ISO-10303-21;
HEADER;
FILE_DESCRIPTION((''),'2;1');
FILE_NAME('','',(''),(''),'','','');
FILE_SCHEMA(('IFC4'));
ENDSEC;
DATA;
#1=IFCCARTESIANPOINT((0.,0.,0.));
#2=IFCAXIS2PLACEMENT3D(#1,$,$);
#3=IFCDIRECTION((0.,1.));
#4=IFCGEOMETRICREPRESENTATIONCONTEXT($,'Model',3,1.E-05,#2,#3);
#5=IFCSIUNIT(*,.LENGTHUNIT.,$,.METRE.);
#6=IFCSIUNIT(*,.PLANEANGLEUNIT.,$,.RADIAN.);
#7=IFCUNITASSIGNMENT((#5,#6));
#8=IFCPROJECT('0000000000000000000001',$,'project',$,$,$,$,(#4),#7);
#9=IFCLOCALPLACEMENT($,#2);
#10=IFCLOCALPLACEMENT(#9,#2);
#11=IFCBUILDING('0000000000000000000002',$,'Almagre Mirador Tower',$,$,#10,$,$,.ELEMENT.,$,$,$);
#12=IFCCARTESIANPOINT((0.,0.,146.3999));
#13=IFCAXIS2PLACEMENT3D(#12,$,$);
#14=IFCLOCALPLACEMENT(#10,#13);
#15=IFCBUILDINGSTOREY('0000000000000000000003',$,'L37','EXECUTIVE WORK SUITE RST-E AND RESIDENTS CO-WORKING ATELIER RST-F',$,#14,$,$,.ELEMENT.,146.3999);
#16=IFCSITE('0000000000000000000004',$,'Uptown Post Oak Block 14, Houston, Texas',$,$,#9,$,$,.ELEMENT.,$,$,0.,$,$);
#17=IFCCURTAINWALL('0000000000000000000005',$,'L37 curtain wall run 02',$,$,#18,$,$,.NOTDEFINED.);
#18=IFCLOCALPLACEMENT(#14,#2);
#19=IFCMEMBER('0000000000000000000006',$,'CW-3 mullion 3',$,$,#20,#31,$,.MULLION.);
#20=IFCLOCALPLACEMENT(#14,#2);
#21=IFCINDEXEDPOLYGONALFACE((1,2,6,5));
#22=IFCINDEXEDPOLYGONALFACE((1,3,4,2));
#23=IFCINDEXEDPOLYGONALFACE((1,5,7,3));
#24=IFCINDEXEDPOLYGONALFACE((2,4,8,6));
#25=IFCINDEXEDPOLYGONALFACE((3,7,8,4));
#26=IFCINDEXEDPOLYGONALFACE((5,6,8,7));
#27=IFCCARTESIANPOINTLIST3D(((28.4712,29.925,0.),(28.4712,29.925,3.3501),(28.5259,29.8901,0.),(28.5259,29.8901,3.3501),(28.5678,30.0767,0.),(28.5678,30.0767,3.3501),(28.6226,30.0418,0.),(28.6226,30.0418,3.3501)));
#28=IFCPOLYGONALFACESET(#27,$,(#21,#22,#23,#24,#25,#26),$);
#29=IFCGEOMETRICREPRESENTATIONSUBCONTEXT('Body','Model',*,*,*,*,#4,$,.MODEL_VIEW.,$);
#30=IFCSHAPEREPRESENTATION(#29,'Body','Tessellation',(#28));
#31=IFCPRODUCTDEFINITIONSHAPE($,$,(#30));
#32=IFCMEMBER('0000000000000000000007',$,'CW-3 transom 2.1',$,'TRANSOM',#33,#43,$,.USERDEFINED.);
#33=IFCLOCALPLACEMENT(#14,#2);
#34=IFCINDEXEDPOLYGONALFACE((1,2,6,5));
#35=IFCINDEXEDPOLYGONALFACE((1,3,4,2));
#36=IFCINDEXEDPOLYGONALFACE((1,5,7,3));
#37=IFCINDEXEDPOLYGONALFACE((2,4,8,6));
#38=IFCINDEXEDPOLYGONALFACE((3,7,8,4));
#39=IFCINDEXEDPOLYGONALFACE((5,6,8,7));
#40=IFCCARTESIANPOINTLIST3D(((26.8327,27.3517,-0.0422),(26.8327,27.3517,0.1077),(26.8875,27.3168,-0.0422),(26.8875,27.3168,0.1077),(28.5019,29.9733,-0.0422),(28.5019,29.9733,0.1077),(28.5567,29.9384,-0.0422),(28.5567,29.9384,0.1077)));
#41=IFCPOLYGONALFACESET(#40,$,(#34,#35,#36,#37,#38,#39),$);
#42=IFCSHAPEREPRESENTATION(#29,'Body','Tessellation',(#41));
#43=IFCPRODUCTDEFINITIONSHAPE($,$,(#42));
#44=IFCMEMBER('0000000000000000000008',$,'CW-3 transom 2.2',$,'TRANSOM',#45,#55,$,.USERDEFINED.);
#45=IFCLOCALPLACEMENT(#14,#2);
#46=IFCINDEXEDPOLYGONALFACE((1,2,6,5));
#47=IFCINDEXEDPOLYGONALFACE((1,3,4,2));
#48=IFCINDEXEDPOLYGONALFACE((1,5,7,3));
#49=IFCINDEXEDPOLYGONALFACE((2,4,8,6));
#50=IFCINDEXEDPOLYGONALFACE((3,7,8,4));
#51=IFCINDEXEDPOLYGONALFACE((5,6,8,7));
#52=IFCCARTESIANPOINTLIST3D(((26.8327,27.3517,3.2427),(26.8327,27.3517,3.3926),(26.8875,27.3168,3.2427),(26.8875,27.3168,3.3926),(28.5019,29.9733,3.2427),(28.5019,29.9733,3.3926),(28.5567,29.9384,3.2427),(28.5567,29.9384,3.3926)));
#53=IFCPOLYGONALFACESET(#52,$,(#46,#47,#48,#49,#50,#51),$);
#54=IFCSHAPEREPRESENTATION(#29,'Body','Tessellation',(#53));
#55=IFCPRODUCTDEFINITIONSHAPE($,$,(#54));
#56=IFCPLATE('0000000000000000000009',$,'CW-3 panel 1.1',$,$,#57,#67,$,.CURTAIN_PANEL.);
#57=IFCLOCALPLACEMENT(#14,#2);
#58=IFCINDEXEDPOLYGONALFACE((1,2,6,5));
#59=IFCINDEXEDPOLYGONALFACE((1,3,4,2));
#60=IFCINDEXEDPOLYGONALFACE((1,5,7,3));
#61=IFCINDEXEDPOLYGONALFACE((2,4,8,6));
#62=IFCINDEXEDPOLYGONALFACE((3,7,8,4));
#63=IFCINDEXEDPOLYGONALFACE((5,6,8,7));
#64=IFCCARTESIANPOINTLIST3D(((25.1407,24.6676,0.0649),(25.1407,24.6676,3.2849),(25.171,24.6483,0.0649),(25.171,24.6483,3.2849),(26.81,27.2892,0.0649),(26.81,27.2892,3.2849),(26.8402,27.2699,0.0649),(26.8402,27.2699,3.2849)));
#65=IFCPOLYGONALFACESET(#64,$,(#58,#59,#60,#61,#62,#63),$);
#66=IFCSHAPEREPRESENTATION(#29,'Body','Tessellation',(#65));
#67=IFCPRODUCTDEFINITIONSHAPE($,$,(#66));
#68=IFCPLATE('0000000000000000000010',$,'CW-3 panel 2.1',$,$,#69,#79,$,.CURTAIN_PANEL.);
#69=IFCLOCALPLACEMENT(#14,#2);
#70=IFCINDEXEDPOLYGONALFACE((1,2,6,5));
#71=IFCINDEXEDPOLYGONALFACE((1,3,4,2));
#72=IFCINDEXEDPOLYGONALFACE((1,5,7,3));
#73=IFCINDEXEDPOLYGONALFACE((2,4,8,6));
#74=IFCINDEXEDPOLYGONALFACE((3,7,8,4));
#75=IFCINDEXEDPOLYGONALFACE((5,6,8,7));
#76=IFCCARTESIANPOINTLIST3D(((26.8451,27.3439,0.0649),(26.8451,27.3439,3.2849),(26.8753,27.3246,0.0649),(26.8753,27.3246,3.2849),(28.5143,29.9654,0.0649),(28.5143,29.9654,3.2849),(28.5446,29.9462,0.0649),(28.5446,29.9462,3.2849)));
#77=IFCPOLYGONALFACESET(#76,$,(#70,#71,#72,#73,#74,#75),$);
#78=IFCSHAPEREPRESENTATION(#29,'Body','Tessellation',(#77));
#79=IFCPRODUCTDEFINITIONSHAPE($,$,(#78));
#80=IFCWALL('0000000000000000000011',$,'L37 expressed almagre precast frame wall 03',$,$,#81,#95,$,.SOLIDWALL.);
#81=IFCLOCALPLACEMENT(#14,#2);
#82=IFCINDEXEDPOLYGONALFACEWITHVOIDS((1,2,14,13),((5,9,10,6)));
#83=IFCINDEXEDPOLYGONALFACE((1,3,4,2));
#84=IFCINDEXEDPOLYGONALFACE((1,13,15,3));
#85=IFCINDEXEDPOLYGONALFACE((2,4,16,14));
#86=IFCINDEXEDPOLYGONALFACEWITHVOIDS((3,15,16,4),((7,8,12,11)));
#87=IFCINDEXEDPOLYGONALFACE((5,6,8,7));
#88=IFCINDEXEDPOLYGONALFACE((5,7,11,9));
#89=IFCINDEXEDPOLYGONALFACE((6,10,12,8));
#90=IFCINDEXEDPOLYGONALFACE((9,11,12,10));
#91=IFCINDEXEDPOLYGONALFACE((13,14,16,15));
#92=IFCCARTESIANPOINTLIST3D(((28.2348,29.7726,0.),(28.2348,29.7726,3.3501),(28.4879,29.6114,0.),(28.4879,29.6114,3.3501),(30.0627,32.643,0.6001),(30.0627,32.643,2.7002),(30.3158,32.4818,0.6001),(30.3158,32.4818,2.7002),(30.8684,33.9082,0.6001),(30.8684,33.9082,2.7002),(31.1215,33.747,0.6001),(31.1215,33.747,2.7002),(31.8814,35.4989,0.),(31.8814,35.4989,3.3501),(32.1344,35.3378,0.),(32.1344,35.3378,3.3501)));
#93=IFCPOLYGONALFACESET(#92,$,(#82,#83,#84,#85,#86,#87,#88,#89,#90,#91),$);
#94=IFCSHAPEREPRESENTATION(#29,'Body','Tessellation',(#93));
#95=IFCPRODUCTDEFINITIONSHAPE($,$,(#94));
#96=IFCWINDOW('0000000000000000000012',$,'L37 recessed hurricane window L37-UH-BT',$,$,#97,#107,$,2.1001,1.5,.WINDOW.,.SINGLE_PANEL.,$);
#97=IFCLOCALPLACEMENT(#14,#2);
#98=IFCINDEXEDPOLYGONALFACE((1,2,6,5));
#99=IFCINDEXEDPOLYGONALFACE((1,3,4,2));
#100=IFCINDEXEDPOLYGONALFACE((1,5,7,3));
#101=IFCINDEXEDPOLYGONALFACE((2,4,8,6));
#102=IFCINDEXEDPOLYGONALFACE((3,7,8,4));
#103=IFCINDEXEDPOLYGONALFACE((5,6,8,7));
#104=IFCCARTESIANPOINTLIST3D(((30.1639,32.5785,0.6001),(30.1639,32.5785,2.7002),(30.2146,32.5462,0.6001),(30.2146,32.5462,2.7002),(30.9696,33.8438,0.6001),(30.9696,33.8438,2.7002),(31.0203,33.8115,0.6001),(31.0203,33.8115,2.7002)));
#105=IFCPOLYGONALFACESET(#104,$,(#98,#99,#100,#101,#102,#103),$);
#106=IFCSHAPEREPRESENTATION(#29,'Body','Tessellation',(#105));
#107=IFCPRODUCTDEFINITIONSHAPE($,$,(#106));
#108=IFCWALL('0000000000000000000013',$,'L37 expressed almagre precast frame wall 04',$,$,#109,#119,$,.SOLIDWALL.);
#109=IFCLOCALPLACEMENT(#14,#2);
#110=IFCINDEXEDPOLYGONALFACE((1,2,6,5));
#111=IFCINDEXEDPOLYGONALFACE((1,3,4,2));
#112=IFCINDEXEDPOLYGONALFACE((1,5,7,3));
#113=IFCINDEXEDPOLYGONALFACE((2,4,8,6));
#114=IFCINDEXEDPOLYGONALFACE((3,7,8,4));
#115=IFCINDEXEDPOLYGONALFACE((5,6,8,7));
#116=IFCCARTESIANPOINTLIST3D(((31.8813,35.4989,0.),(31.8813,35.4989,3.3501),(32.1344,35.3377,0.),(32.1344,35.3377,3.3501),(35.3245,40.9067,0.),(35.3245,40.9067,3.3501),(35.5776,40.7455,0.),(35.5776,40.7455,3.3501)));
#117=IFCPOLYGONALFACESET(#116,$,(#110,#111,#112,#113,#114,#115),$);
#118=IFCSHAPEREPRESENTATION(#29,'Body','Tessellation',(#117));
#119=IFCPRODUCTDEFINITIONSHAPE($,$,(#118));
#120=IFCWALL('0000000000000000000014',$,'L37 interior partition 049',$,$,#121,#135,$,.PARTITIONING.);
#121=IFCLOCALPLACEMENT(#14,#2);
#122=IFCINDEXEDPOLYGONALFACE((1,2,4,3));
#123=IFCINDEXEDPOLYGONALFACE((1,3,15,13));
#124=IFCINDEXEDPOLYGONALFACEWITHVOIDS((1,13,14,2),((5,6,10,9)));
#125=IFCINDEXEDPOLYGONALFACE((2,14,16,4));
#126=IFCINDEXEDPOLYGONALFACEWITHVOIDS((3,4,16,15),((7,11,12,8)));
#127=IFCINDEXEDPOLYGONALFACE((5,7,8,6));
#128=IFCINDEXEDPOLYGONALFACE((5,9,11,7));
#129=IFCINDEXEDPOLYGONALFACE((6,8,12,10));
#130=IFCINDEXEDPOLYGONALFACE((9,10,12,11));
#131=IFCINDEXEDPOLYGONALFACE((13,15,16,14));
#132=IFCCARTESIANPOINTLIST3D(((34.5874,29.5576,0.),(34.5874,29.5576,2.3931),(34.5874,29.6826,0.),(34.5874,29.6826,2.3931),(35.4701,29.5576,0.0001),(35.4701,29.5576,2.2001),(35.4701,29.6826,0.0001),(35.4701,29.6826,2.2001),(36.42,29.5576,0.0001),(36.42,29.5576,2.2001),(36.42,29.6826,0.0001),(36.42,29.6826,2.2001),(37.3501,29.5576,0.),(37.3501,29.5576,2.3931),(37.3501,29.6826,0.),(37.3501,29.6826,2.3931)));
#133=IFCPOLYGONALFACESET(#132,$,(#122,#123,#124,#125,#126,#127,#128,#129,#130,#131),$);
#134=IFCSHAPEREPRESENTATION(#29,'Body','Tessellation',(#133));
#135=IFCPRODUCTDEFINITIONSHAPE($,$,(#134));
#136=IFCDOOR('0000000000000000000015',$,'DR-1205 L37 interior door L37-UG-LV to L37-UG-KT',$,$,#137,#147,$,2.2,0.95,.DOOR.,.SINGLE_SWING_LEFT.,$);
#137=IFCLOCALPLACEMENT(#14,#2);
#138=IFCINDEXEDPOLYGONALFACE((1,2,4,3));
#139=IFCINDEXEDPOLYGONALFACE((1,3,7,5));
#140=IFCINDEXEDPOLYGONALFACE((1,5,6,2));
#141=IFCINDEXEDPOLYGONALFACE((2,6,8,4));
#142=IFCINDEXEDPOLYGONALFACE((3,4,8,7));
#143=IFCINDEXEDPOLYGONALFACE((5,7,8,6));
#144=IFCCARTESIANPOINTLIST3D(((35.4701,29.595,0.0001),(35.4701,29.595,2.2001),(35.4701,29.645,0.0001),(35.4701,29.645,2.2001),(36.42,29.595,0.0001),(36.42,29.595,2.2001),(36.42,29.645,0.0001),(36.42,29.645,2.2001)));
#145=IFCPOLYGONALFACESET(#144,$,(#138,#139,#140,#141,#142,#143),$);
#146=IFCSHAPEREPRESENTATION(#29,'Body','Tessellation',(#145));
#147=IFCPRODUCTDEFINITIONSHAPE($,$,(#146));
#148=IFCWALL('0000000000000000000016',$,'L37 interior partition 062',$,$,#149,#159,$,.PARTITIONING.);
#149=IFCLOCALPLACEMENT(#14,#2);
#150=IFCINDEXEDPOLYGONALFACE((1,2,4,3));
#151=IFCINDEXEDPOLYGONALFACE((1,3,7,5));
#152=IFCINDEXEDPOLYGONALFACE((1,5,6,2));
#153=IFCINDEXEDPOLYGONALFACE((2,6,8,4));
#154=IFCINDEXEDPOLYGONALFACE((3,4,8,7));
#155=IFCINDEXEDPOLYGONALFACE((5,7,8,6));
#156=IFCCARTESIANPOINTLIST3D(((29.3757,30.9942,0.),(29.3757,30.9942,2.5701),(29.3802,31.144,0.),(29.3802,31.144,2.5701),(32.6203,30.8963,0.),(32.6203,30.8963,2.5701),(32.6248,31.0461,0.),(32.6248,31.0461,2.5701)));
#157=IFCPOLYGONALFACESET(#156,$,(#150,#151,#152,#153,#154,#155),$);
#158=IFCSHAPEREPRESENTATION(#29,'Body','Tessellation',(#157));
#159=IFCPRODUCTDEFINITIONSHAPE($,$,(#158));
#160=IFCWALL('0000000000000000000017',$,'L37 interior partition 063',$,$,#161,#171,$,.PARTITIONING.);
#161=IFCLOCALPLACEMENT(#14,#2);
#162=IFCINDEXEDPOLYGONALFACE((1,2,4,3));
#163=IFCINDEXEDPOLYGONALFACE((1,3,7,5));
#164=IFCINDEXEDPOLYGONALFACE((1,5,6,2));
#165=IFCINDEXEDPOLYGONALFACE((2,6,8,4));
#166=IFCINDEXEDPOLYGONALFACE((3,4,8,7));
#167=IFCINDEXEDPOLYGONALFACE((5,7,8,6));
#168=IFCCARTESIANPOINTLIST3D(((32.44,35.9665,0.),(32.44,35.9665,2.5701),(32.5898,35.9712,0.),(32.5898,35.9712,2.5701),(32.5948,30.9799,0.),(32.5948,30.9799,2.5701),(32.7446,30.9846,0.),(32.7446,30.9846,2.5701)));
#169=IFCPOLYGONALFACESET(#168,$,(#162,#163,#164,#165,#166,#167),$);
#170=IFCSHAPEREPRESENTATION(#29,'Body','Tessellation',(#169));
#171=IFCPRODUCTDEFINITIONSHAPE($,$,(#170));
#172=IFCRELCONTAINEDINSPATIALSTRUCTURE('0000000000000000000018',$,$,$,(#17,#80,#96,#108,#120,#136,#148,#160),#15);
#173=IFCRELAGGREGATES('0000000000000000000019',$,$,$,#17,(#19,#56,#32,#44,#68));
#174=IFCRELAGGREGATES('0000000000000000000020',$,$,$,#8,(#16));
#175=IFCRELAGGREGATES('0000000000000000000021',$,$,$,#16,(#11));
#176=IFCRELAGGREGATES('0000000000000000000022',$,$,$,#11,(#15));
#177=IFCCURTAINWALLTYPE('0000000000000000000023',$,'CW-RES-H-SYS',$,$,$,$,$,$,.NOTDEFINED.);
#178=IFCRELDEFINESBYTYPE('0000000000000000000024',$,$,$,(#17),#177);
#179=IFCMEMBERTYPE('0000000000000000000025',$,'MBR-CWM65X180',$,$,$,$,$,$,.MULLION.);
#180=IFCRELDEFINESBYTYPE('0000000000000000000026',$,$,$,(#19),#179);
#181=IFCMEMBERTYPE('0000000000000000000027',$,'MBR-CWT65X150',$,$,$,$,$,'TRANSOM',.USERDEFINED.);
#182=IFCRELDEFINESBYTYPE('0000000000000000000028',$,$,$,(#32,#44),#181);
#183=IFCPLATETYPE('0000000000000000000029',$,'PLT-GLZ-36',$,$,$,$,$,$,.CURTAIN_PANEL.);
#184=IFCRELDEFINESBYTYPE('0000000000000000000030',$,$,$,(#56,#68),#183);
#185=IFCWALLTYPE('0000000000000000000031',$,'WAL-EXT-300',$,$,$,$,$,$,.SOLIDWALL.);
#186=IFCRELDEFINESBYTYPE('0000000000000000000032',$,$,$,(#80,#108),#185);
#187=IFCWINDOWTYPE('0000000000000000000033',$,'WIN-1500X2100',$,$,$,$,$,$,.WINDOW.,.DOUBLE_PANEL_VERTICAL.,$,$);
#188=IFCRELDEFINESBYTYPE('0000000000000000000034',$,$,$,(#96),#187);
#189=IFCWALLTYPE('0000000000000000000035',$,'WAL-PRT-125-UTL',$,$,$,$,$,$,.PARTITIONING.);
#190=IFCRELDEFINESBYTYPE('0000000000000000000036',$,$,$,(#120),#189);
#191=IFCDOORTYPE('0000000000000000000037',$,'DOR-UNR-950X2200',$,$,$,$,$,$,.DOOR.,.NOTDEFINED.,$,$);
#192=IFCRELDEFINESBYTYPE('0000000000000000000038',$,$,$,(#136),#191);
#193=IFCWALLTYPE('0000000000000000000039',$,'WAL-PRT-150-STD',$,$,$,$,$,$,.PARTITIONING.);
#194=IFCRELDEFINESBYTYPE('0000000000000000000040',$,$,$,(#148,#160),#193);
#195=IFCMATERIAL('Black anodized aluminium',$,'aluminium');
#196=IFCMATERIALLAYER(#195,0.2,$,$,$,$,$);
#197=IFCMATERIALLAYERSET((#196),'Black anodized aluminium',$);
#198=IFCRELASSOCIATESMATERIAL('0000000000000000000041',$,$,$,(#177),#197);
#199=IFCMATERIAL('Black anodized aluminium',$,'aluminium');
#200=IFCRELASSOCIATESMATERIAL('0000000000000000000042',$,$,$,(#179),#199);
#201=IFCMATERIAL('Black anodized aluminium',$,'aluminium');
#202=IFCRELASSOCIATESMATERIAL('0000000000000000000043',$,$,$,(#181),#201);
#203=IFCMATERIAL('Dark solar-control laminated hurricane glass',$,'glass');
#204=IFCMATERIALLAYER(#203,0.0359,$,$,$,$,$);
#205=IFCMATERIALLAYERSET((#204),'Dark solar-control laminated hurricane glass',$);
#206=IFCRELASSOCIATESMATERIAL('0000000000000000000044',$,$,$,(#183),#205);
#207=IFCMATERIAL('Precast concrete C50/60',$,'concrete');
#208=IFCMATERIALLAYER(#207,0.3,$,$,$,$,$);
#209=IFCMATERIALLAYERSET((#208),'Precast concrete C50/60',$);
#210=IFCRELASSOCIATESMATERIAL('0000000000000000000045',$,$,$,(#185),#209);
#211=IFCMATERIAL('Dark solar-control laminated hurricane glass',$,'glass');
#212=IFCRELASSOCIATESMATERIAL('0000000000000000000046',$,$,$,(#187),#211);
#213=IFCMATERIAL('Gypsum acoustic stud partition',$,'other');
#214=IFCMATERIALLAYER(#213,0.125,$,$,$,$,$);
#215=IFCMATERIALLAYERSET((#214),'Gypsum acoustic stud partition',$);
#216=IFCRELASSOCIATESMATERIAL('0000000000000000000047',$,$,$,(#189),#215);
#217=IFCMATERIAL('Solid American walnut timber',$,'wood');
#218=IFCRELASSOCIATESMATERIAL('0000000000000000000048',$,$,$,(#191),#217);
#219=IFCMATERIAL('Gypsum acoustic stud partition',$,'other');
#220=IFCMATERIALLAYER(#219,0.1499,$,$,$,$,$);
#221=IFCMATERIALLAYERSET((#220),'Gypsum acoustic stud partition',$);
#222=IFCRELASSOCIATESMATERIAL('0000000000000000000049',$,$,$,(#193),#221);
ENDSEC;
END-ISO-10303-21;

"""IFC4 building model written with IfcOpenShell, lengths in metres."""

from ifc_helpers import new_model, si_unit, direction, frame, frame_2d, origin, origin_2d, place, context, subcontext, project, spatial, rectangle, extrude, material, layer, layer_set, material_profile, profile_set, type_object, element, fill, aggregate, save


model = new_model("IFC4")

# Units and contexts
model_context = context("Model", 3, precision=1e-05, world=origin(), true_north=direction((0.0, 1.0)))
body_context = subcontext(model_context, "Body", "Model", "MODEL_VIEW")
ifc_project = project(units=[si_unit("LENGTHUNIT", "METRE"), si_unit("PLANEANGLEUNIT", "RADIAN")], contexts=[model_context])

# Site, building, storey
site_placement = place(None, origin())
site = spatial("IfcSite", under=ifc_project, at=site_placement, Name="Uptown Post Oak Block 14, Houston, Texas", CompositionType="ELEMENT", RefElevation=0.0)
building_placement = place(site_placement, origin())
building = spatial("IfcBuilding", under=site, at=building_placement, Name="Almagre Mirador Tower", CompositionType="ELEMENT")
storey_placement = place(building_placement, frame((0.0, 0.0, 146.3999)))
storey = spatial("IfcBuildingStorey", under=building, at=storey_placement, Name="L37", Description="EXECUTIVE WORK SUITE RST-E AND RESIDENTS CO-WORKING ATELIER RST-F", CompositionType="ELEMENT", Elevation=146.3999)

# Curtain wall, members, plates
ifc_material_1 = material(Name="Black anodized aluminium", Category="aluminium")
ifc_layer_1 = layer(ifc_material_1, 0.2)
ifc_layer_set_1 = layer_set([ifc_layer_1], Name="Black anodized aluminium")
curtain_wall_type = type_object("IfcCurtainWallType", Name="CW-RES-H-SYS", PredefinedType="NOTDEFINED", material=ifc_layer_set_1)
curtain_wall_placement = place(storey_placement, origin())
curtain_wall = element("IfcCurtainWall", 1, at=curtain_wall_placement, inside=storey, type_object=curtain_wall_type, Name="L37 curtain wall run 02", PredefinedType="NOTDEFINED")
ifc_material_2 = material(Name="Black anodized aluminium", Category="aluminium")
ifc_material_profile_1 = material_profile(ifc_material_2, rectangle(XDim=0.0649, YDim=0.1799, at=origin_2d()), Name="CWM65X180")
ifc_profile_set_1 = profile_set([ifc_material_profile_1], Name="Black anodized aluminium")
member_type_1 = type_object("IfcMemberType", Name="MBR-CWM65X180", PredefinedType="MULLION", material=ifc_profile_set_1)
member_1_placement = place(storey_placement, frame((28.5469, 29.9834, 0.0), z_axis=(0.0, 0.0, 1.0), x_axis=(-0.843518, 0.537102, 0.0)))
member_1 = element("IfcMember", 2, at=member_1_placement, type_object=member_type_1, Name="CW-3 mullion 3", PredefinedType="MULLION", context=body_context, shape_type="SweptSolid", body=[
    extrude(rectangle(XDim=0.0649, YDim=0.1799, at=origin_2d()), origin(), (0.0, 0.0, 1.0), 3.3501),
])
ifc_material_3 = material(Name="Black anodized aluminium", Category="aluminium")
ifc_material_profile_2 = material_profile(ifc_material_3, rectangle(XDim=0.0649, YDim=0.1499, at=origin_2d()), Name="CWT65X150")
ifc_profile_set_2 = profile_set([ifc_material_profile_2], Name="Black anodized aluminium")
member_type_2 = type_object("IfcMemberType", Name="MBR-CWT65X150", ElementType="TRANSOM", PredefinedType="USERDEFINED", material=ifc_profile_set_2)
member_2_placement = place(storey_placement, frame((26.8601, 27.3342, 0.0327), z_axis=(0.537084, 0.843529, 0.0), x_axis=(-0.843529, 0.537084, 0.0)))
member_2 = element("IfcMember", 3, at=member_2_placement, type_object=member_type_2, Name="CW-3 transom 2.1", ObjectType="TRANSOM", PredefinedType="USERDEFINED", context=body_context, shape_type="SweptSolid", body=[
    extrude(rectangle(XDim=0.0649, YDim=0.1499, at=origin_2d()), origin(), (0.0, 0.0, 1.0), 3.1079),
])
member_3_placement = place(storey_placement, frame((26.8601, 27.3342, 3.3176), z_axis=(0.537084, 0.843529, 0.0), x_axis=(-0.843529, 0.537084, 0.0)))
member_3 = element("IfcMember", 4, at=member_3_placement, type_object=member_type_2, Name="CW-3 transom 2.2", ObjectType="TRANSOM", PredefinedType="USERDEFINED", context=body_context, shape_type="SweptSolid", body=[
    extrude(rectangle(XDim=0.0649, YDim=0.1499, at=origin_2d()), origin(), (0.0, 0.0, 1.0), 3.1079),
])
ifc_material_4 = material(Name="Dark solar-control laminated hurricane glass", Category="glass")
ifc_layer_2 = layer(ifc_material_4, 0.0359)
ifc_layer_set_2 = layer_set([ifc_layer_2], Name="Dark solar-control laminated hurricane glass")
plate_type = type_object("IfcPlateType", Name="PLT-GLZ-36", PredefinedType="CURTAIN_PANEL", material=ifc_layer_set_2)
plate_1_placement = place(storey_placement, frame((25.9905, 25.9688, 0.0649), z_axis=(0.0, 0.0, 1.0), x_axis=(0.537102, 0.843518, 0.0)))
plate_1 = element("IfcPlate", 5, at=plate_1_placement, type_object=plate_type, Name="CW-3 panel 1.1", PredefinedType="CURTAIN_PANEL", context=body_context, shape_type="SweptSolid", body=[
    extrude(rectangle(XDim=3.1079, YDim=0.0359, at=origin_2d()), origin(), (0.0, 0.0, 1.0), 3.22),
])
plate_2_placement = place(storey_placement, frame((27.6948, 28.645, 0.0649), z_axis=(0.0, 0.0, 1.0), x_axis=(0.537102, 0.843518, 0.0)))
plate_2 = element("IfcPlate", 6, at=plate_2_placement, type_object=plate_type, Name="CW-3 panel 2.1", PredefinedType="CURTAIN_PANEL", context=body_context, shape_type="SweptSolid", body=[
    extrude(rectangle(XDim=3.1079, YDim=0.0359, at=origin_2d()), origin(), (0.0, 0.0, 1.0), 3.22),
])
aggregate(curtain_wall, [member_1, plate_1, member_2, member_3, plate_2])

# Wall, opening, window
ifc_material_5 = material(Name="Precast concrete C50/60", Category="concrete")
ifc_layer_3 = layer(ifc_material_5, 0.3)
ifc_layer_set_3 = layer_set([ifc_layer_3], Name="Precast concrete C50/60")
wall_type_1 = type_object("IfcWallType", Name="WAL-EXT-300", PredefinedType="SOLIDWALL", material=ifc_layer_set_3)
wall_1_placement = place(storey_placement, frame((28.3613, 29.6919, 0.0), z_axis=(0.0, 0.0, 1.0), x_axis=(0.537134, 0.843497, 0.0)))
wall_1 = element("IfcWall", 7, at=wall_1_placement, inside=storey, type_object=wall_type_1, Name="L37 expressed almagre precast frame wall 03", PredefinedType="SOLIDWALL", context=body_context, shape_type="SweptSolid", body=[
    extrude(rectangle(XDim=6.7888, YDim=0.3, at=frame_2d((3.3945, 0.0))), origin(), (0.0, 0.0, 1.0), 3.3501),
])
opening_1_placement = place(wall_1_placement, frame((3.4031, 0.0, 0.6001)))
opening_1 = element("IfcOpeningElement", 8, at=opening_1_placement, cuts=wall_1, PredefinedType="OPENING", context=body_context, shape_type="SweptSolid", body=[
    extrude(rectangle(XDim=1.5, YDim=2.1001, at=frame_2d((0.75, 1.05))), frame((0.0, 0.1599, 0.0), z_axis=(0.0, -1.0, 0.0), x_axis=(1.0, 0.0, 0.0)), (0.0, 0.0, 1.0), 0.32),
])
ifc_material_6 = material(Name="Dark solar-control laminated hurricane glass", Category="glass")
window_type = type_object("IfcWindowType", Name="WIN-1500X2100", PartitioningType="DOUBLE_PANEL_VERTICAL", PredefinedType="WINDOW", material=ifc_material_6)
window_placement = place(opening_1_placement, origin())
window = element("IfcWindow", 9, at=window_placement, inside=storey, type_object=window_type, Name="L37 recessed hurricane window L37-UH-BT", OverallHeight=2.1001, OverallWidth=1.5, PartitioningType="SINGLE_PANEL", PredefinedType="WINDOW", context=body_context, shape_type="SweptSolid", body=[
    extrude(rectangle(XDim=1.5, YDim=2.1001, at=frame_2d((0.75, 1.05))), frame((0.0, 0.03, 0.0), z_axis=(0.0, -1.0, 0.0), x_axis=(1.0, 0.0, 0.0)), (0.0, 0.0, 1.0), 0.0601),
])
fill(opening_1, window)

# Wall
wall_2_placement = place(storey_placement, frame((32.0078, 35.4182, 0.0), z_axis=(0.0, 0.0, 1.0), x_axis=(0.53708, 0.843531, 0.0)))
element("IfcWall", 10, at=wall_2_placement, inside=storey, type_object=wall_type_1, Name="L37 expressed almagre precast frame wall 04", PredefinedType="SOLIDWALL", context=body_context, shape_type="SweptSolid", body=[
    extrude(rectangle(XDim=6.4109, YDim=0.3, at=frame_2d((3.2056, 0.0))), origin(), (0.0, 0.0, 1.0), 3.3501),
])

# Wall, opening, door
ifc_material_7 = material(Name="Gypsum acoustic stud partition", Category="other")
ifc_layer_4 = layer(ifc_material_7, 0.125)
ifc_layer_set_4 = layer_set([ifc_layer_4], Name="Gypsum acoustic stud partition")
wall_type_2 = type_object("IfcWallType", Name="WAL-PRT-125-UTL", PredefinedType="PARTITIONING", material=ifc_layer_set_4)
wall_3_placement = place(storey_placement, frame((34.5874, 29.6201, 0.0), z_axis=(0.0, 0.0, 1.0), x_axis=(1.0, 0.0, 0.0)))
wall_3 = element("IfcWall", 11, at=wall_3_placement, inside=storey, type_object=wall_type_2, Name="L37 interior partition 049", PredefinedType="PARTITIONING", context=body_context, shape_type="SweptSolid", body=[
    extrude(rectangle(XDim=2.7627, YDim=0.125, at=frame_2d((1.3813, 0.0))), origin(), (0.0, 0.0, 1.0), 2.3931),
])
opening_2_placement = place(wall_3_placement, frame((0.8826, 0.0, 0.0)))
opening_2 = element("IfcOpeningElement", 12, at=opening_2_placement, cuts=wall_3, PredefinedType="OPENING", context=body_context, shape_type="SweptSolid", body=[
    extrude(rectangle(XDim=0.95, YDim=2.2, at=frame_2d((0.4751, 1.1001))), frame((0.0, 0.0725, 0.0), z_axis=(0.0, -1.0, 0.0), x_axis=(1.0, 0.0, 0.0)), (0.0, 0.0, 1.0), 0.145),
])
ifc_material_8 = material(Name="Solid American walnut timber", Category="wood")
door_type = type_object("IfcDoorType", Name="DOR-UNR-950X2200", OperationType="NOTDEFINED", PredefinedType="DOOR", material=ifc_material_8)
door_placement = place(opening_2_placement, origin())
door = element("IfcDoor", 13, at=door_placement, inside=storey, type_object=door_type, Name="DR-1205 L37 interior door L37-UG-LV to L37-UG-KT", OperationType="SINGLE_SWING_LEFT", OverallHeight=2.2, OverallWidth=0.95, PredefinedType="DOOR", context=body_context, shape_type="SweptSolid", body=[
    extrude(rectangle(XDim=0.95, YDim=2.2, at=frame_2d((0.4751, 1.1001))), frame((0.0, 0.0249, 0.0), z_axis=(0.0, -1.0, 0.0), x_axis=(1.0, 0.0, 0.0)), (0.0, 0.0, 1.0), 0.05),
])
fill(opening_2, door)

# Walls
ifc_material_9 = material(Name="Gypsum acoustic stud partition", Category="other")
ifc_layer_5 = layer(ifc_material_9, 0.1499)
ifc_layer_set_5 = layer_set([ifc_layer_5], Name="Gypsum acoustic stud partition")
wall_type_3 = type_object("IfcWallType", Name="WAL-PRT-150-STD", PredefinedType="PARTITIONING", material=ifc_layer_set_5)
wall_4_placement = place(storey_placement, frame((32.6226, 30.9712, 0.0), z_axis=(0.0, 0.0, 1.0), x_axis=(-0.999545, 0.030159, 0.0)))
element("IfcWall", 14, at=wall_4_placement, inside=storey, type_object=wall_type_3, Name="L37 interior partition 062", PredefinedType="PARTITIONING", context=body_context, shape_type="SweptSolid", body=[
    extrude(rectangle(XDim=3.2461, YDim=0.1499, at=frame_2d((1.623, 0.0))), origin(), (0.0, 0.0, 1.0), 2.5701),
])
wall_5_placement = place(storey_placement, frame((32.5149, 35.969, 0.0), z_axis=(0.0, 0.0, 1.0), x_axis=(0.031025, -0.999519, 0.0)))
element("IfcWall", 15, at=wall_5_placement, inside=storey, type_object=wall_type_3, Name="L37 interior partition 063", PredefinedType="PARTITIONING", context=body_context, shape_type="SweptSolid", body=[
    extrude(rectangle(XDim=4.989, YDim=0.1499, at=frame_2d((2.4946, 0.0))), origin(), (0.0, 0.0, 1.0), 2.5701),
])

save(model, "model.ifc")
